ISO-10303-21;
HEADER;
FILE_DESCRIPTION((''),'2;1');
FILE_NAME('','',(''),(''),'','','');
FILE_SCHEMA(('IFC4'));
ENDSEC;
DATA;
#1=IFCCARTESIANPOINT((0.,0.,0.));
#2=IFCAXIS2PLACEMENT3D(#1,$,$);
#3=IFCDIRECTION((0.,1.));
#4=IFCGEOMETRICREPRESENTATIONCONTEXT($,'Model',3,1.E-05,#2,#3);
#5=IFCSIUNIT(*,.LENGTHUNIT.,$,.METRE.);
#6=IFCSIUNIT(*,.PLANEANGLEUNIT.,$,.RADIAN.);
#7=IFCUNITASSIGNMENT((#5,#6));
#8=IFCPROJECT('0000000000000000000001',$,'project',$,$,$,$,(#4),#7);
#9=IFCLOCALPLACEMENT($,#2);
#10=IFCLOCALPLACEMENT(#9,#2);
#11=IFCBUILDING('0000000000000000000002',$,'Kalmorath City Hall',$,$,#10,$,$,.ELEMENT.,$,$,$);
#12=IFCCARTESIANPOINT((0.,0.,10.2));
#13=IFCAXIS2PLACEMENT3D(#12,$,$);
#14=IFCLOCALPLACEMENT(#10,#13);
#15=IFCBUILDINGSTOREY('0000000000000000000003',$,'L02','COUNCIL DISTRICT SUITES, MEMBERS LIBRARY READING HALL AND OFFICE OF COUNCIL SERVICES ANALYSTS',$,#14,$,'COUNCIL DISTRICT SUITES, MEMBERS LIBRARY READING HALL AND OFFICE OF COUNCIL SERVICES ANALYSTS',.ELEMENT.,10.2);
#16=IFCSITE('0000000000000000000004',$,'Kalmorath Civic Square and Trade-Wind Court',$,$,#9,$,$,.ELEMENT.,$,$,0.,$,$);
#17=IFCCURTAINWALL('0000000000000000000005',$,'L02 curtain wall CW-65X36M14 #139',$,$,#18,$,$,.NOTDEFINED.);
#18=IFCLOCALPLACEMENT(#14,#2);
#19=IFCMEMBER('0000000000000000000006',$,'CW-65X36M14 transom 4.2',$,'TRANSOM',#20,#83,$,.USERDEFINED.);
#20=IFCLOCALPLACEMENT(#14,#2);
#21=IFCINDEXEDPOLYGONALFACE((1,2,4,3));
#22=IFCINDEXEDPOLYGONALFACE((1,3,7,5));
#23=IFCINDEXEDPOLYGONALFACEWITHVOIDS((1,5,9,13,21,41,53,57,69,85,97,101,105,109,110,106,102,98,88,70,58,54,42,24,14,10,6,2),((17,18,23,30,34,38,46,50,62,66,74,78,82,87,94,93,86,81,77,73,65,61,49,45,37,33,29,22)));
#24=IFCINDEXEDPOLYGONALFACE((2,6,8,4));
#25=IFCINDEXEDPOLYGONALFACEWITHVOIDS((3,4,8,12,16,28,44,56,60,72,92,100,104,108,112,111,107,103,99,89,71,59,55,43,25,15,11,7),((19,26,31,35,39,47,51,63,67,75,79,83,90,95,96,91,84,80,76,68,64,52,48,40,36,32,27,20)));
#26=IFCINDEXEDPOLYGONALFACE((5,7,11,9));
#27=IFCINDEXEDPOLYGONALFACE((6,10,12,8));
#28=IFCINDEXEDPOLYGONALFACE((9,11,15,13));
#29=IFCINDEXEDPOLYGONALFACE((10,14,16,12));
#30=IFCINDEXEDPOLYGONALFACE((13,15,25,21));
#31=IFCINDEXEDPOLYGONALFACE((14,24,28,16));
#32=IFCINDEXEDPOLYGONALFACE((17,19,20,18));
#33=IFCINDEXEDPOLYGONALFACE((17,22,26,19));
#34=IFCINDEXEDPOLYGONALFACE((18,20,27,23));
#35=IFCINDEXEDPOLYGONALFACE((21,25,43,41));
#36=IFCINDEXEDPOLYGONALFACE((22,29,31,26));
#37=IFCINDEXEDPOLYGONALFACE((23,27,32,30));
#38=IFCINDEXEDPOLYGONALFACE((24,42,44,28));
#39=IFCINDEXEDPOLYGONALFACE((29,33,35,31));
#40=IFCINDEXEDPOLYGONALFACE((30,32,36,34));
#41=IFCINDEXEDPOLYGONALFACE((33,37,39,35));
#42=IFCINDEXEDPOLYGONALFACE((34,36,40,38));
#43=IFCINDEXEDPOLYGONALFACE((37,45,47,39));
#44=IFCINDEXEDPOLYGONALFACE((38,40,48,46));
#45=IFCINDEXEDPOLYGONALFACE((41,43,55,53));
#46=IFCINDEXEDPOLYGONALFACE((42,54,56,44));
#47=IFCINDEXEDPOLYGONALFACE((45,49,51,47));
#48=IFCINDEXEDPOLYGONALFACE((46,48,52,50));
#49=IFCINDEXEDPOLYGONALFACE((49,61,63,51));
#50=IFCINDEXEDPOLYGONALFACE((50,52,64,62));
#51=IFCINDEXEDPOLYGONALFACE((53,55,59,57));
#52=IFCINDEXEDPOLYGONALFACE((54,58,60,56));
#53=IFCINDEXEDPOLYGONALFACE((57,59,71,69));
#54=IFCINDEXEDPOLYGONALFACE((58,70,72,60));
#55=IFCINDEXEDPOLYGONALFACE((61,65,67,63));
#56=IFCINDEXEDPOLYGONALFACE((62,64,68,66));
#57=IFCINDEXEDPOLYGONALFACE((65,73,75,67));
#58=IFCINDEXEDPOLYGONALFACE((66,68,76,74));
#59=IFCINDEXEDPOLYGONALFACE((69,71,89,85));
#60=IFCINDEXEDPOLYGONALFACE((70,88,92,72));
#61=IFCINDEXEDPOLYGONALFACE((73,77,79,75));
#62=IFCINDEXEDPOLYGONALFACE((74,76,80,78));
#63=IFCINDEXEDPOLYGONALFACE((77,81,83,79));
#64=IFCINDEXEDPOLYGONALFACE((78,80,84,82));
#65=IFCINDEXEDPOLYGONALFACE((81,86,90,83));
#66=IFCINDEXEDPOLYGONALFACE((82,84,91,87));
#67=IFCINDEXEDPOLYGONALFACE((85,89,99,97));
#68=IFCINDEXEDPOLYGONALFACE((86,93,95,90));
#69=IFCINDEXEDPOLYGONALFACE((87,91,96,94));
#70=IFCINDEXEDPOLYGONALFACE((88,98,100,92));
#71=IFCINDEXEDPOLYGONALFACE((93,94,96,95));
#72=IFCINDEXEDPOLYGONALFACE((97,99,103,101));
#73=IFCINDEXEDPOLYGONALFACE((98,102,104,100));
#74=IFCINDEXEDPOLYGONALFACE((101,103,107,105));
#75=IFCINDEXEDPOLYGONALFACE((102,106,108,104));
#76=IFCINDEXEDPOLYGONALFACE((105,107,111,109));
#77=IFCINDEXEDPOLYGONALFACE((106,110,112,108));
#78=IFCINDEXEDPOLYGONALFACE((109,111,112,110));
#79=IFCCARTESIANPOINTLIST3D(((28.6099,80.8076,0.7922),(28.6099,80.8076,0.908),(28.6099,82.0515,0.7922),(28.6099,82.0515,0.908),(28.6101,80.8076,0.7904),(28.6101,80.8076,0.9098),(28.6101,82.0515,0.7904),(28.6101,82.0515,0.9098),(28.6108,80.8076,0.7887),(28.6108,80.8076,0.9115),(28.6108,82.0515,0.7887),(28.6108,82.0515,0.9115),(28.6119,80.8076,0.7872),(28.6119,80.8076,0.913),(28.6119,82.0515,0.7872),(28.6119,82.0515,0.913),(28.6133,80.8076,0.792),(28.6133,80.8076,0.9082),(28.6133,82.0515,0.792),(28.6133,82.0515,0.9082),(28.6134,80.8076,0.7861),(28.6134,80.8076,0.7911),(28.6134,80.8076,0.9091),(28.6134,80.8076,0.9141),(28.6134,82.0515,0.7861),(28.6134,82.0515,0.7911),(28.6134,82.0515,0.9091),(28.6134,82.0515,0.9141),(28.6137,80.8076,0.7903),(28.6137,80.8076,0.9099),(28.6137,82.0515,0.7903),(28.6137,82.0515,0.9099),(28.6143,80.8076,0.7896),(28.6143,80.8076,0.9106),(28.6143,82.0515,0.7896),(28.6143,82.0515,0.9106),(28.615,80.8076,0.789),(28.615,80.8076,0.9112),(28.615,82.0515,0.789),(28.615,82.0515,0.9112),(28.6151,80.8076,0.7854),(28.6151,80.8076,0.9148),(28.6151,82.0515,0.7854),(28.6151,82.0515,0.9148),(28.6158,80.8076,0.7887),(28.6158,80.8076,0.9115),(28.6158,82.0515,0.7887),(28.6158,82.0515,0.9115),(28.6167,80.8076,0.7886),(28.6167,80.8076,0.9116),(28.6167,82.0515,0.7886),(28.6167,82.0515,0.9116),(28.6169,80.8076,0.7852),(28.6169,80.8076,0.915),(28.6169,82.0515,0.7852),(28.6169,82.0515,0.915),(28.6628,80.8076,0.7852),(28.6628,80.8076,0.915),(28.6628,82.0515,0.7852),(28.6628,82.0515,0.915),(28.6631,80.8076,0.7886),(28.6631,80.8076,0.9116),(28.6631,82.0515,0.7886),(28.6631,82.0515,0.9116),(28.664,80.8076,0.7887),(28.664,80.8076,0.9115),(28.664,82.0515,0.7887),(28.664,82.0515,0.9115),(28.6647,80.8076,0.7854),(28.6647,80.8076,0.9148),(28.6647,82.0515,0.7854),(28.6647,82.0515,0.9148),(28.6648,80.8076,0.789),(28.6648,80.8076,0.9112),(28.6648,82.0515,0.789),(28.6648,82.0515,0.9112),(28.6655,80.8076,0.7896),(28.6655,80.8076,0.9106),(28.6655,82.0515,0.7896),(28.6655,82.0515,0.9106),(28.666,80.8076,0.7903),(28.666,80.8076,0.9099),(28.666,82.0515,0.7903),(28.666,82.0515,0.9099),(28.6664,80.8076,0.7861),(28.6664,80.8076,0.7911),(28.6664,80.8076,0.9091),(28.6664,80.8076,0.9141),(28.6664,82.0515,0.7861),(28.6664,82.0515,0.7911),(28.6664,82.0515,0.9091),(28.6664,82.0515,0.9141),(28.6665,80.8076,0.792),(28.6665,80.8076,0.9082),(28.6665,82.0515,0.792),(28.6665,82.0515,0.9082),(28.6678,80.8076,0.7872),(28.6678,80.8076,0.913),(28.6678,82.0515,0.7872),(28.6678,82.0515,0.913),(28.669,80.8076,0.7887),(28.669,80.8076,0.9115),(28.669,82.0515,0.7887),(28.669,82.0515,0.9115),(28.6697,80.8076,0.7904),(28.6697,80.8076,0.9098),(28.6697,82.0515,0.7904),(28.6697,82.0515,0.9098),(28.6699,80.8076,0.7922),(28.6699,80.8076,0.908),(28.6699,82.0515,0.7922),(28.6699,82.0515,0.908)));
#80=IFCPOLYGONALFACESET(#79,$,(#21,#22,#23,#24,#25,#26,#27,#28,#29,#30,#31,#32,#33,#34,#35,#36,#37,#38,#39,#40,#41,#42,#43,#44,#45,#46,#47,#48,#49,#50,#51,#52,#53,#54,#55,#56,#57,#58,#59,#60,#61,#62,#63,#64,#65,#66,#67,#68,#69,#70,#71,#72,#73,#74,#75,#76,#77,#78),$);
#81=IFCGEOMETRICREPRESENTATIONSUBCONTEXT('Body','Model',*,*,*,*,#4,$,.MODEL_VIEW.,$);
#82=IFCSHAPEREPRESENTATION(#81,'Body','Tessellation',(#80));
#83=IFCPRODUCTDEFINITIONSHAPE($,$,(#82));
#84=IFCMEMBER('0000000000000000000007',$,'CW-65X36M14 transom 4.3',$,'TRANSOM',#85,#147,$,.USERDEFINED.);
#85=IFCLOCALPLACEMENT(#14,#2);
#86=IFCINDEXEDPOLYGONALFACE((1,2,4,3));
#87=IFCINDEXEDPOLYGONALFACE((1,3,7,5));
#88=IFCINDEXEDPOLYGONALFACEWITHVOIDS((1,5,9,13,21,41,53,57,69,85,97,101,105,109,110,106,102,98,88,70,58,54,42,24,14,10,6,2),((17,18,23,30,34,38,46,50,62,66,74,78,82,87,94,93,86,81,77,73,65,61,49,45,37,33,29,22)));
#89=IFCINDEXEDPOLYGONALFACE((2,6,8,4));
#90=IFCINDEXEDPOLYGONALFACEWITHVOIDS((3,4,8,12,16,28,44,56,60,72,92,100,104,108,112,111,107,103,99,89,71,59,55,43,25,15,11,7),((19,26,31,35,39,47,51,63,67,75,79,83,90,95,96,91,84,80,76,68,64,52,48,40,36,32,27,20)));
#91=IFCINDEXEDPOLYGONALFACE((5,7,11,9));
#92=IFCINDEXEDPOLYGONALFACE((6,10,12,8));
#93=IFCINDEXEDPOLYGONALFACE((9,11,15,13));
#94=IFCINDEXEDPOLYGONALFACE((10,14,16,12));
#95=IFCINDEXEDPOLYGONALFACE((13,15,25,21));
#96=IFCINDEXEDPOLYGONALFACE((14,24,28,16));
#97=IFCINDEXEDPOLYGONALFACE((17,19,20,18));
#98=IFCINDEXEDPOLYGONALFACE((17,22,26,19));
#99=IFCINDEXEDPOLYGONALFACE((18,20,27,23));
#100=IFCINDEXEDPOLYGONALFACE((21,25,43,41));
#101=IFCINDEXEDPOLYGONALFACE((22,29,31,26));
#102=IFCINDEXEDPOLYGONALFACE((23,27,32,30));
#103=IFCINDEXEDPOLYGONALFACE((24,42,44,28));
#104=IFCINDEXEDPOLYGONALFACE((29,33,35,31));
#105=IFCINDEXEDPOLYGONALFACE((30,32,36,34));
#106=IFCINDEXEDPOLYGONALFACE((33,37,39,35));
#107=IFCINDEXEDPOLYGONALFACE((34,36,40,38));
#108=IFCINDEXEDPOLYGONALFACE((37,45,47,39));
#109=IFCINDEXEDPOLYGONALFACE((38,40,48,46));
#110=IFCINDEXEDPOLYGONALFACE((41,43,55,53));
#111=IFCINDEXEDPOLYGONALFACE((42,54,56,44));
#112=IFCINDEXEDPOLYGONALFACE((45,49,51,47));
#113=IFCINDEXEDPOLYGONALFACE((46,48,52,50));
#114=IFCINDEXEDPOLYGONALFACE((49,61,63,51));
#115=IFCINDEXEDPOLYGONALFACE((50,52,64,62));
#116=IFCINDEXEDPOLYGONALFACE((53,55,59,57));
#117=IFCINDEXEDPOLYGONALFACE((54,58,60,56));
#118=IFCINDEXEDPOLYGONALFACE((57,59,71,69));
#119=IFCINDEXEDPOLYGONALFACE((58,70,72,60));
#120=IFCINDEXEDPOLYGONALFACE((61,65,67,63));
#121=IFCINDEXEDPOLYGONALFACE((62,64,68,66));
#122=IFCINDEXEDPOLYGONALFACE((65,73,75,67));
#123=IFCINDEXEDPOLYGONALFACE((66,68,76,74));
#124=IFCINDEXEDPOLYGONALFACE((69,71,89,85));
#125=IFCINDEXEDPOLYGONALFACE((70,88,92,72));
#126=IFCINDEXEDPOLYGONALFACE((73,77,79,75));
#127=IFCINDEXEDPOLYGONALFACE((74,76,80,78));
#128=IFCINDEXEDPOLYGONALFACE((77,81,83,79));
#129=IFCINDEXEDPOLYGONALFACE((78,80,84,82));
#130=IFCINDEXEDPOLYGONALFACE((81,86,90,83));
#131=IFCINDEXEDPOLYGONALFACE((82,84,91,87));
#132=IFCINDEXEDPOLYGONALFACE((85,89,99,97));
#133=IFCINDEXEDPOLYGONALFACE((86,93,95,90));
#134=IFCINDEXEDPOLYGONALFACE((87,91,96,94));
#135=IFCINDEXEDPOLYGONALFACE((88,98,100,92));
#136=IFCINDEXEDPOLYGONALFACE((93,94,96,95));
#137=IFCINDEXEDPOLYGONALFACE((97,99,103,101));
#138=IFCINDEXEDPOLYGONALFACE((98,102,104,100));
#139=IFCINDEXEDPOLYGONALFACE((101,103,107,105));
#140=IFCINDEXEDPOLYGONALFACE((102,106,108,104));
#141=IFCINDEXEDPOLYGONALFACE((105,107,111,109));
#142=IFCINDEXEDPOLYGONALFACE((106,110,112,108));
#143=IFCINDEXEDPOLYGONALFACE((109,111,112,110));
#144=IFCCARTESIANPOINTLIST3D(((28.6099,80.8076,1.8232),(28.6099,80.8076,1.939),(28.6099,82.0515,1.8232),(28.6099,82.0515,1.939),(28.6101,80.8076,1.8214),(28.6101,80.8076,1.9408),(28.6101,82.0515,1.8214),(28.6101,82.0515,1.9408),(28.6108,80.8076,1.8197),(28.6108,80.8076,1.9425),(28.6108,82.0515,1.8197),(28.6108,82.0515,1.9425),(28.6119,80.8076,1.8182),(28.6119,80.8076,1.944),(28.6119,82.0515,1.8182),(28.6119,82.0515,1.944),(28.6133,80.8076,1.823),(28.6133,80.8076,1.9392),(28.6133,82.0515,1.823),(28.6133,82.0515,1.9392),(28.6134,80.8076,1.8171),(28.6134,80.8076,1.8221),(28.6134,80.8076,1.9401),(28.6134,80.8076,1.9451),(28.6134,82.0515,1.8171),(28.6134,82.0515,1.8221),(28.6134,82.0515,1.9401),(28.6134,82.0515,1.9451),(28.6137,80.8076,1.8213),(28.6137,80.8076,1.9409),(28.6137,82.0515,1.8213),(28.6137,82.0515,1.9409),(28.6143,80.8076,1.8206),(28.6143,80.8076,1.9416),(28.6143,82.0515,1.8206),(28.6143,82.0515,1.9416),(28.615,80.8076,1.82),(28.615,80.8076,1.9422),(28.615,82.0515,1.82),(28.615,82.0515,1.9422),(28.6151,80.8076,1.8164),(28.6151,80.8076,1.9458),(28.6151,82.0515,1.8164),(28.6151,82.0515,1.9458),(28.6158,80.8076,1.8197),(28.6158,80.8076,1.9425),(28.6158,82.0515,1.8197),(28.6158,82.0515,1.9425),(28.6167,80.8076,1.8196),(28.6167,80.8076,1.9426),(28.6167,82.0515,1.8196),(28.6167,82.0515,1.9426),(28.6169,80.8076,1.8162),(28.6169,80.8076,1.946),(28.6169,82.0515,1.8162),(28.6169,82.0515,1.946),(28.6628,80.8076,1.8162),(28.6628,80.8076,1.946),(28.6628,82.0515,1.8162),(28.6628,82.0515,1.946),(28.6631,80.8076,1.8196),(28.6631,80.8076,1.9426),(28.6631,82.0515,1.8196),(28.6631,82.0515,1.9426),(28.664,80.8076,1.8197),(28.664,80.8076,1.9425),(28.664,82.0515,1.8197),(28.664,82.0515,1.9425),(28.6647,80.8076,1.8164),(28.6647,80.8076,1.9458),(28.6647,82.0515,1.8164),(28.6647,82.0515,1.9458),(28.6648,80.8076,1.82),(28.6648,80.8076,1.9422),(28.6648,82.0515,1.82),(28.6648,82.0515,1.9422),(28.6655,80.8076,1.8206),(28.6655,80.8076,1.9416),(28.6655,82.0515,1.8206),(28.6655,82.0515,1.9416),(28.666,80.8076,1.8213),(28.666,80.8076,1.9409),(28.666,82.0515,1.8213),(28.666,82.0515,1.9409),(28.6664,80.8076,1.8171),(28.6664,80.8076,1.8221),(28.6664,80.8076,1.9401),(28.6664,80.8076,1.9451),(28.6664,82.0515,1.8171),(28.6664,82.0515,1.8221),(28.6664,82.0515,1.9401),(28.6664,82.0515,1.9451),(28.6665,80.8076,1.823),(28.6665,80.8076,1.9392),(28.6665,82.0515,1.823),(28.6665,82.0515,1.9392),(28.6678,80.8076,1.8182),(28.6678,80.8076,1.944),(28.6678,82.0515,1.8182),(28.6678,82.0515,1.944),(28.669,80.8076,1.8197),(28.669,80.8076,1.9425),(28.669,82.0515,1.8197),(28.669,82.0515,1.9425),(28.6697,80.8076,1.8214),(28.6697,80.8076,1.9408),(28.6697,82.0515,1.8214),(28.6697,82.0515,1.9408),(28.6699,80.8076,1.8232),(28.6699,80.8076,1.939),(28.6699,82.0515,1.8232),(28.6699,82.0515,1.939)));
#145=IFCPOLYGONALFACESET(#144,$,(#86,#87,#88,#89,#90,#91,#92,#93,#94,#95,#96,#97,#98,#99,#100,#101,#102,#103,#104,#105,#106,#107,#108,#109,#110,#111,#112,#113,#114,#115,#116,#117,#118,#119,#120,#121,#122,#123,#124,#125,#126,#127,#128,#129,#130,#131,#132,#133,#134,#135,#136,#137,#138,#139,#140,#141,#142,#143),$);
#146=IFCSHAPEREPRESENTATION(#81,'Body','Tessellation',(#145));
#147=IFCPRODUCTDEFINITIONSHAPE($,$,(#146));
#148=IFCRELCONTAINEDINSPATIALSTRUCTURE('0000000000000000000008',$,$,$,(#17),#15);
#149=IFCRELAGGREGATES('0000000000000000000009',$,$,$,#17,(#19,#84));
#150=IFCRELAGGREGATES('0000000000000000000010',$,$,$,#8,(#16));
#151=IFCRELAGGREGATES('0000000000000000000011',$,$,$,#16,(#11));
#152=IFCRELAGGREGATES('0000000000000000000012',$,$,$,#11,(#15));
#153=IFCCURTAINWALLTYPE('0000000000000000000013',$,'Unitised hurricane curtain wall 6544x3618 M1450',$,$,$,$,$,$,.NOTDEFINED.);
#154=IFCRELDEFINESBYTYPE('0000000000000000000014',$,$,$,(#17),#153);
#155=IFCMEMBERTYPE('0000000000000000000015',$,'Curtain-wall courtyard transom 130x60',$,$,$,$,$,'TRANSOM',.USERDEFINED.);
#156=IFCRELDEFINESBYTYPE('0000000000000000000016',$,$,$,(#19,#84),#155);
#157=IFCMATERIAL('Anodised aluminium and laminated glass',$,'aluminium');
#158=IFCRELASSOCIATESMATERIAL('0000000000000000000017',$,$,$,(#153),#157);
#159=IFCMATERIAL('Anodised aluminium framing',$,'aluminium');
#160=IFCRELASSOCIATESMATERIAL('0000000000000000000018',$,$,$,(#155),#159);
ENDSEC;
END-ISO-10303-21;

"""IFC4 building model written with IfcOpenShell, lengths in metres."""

from ifc_helpers import new_model, si_unit, direction, frame, origin, origin_2d, place, context, subcontext, project, spatial, hollow_rectangle, extrude, material, material_profile, profile_set, type_object, element, aggregate, save


model = new_model("IFC4")

# Units and contexts
model_context = context("Model", 3, precision=1e-05, world=origin(), true_north=direction((0.0, 1.0)))
body_context = subcontext(model_context, "Body", "Model", "MODEL_VIEW")
ifc_project = project(units=[si_unit("LENGTHUNIT", "METRE"), si_unit("PLANEANGLEUNIT", "RADIAN")], contexts=[model_context])

# Site, building, storey
site_placement = place(None, origin())
site = spatial("IfcSite", under=ifc_project, at=site_placement, Name="Kalmorath Civic Square and Trade-Wind Court", CompositionType="ELEMENT", RefElevation=0.0)
building_placement = place(site_placement, origin())
building = spatial("IfcBuilding", under=site, at=building_placement, Name="Kalmorath City Hall", CompositionType="ELEMENT")
storey_placement = place(building_placement, frame((0.0, 0.0, 10.2)))
storey = spatial("IfcBuildingStorey", under=building, at=storey_placement, Name="L02", Description="COUNCIL DISTRICT SUITES, MEMBERS LIBRARY READING HALL AND OFFICE OF COUNCIL SERVICES ANALYSTS", LongName="COUNCIL DISTRICT SUITES, MEMBERS LIBRARY READING HALL AND OFFICE OF COUNCIL SERVICES ANALYSTS", CompositionType="ELEMENT", Elevation=10.2)

# Curtain wall, members
ifc_material_1 = material(Name="Anodised aluminium and laminated glass", Category="aluminium")
curtain_wall_type = type_object("IfcCurtainWallType", Name="Unitised hurricane curtain wall 6544x3618 M1450", PredefinedType="NOTDEFINED", material=ifc_material_1)
curtain_wall_placement = place(storey_placement, origin())
curtain_wall = element("IfcCurtainWall", 1, at=curtain_wall_placement, inside=storey, type_object=curtain_wall_type, Name="L02 curtain wall CW-65X36M14 #139", PredefinedType="NOTDEFINED")
ifc_material_2 = material(Name="Anodised aluminium framing", Category="aluminium")
ifc_material_profile_1 = material_profile(ifc_material_2, hollow_rectangle(XDim=0.0601, YDim=0.1299, WallThickness=0.0034, InnerFilletRadius=0.0034, OuterFilletRadius=0.0071, at=origin_2d()), Name="ALU-TRN-130X60X3.5")
ifc_profile_set_1 = profile_set([ifc_material_profile_1], Name="Anodised aluminium framing")
member_type_1 = type_object("IfcMemberType", Name="Curtain-wall courtyard transom 130x60", ElementType="TRANSOM", PredefinedType="USERDEFINED", material=ifc_profile_set_1)
member_1_placement = place(storey_placement, frame((28.6399, 82.0515, 0.8501), z_axis=(0.0, -1.0, 0.0), x_axis=(1.0, 0.0, 0.0)))
member_1 = element("IfcMember", 2, at=member_1_placement, type_object=member_type_1, Name="CW-65X36M14 transom 4.2", ObjectType="TRANSOM", PredefinedType="USERDEFINED", context=body_context, shape_type="SweptSolid", body=[
    extrude(hollow_rectangle(XDim=0.0601, YDim=0.1299, WallThickness=0.0034, InnerFilletRadius=0.0034, OuterFilletRadius=0.0071, at=origin_2d()), origin(), (0.0, 0.0, 1.0), 1.2439),
])
member_2_placement = place(storey_placement, frame((28.6399, 82.0515, 1.8811), z_axis=(0.0, -1.0, 0.0), x_axis=(1.0, 0.0, 0.0)))
member_2 = element("IfcMember", 3, at=member_2_placement, type_object=member_type_1, Name="CW-65X36M14 transom 4.3", ObjectType="TRANSOM", PredefinedType="USERDEFINED", context=body_context, shape_type="SweptSolid", body=[
    extrude(hollow_rectangle(XDim=0.0601, YDim=0.1299, WallThickness=0.0034, InnerFilletRadius=0.0034, OuterFilletRadius=0.0071, at=origin_2d()), origin(), (0.0, 0.0, 1.0), 1.2439),
])

aggregate(curtain_wall, [member_1, member_2])

save(model, "model.ifc")
